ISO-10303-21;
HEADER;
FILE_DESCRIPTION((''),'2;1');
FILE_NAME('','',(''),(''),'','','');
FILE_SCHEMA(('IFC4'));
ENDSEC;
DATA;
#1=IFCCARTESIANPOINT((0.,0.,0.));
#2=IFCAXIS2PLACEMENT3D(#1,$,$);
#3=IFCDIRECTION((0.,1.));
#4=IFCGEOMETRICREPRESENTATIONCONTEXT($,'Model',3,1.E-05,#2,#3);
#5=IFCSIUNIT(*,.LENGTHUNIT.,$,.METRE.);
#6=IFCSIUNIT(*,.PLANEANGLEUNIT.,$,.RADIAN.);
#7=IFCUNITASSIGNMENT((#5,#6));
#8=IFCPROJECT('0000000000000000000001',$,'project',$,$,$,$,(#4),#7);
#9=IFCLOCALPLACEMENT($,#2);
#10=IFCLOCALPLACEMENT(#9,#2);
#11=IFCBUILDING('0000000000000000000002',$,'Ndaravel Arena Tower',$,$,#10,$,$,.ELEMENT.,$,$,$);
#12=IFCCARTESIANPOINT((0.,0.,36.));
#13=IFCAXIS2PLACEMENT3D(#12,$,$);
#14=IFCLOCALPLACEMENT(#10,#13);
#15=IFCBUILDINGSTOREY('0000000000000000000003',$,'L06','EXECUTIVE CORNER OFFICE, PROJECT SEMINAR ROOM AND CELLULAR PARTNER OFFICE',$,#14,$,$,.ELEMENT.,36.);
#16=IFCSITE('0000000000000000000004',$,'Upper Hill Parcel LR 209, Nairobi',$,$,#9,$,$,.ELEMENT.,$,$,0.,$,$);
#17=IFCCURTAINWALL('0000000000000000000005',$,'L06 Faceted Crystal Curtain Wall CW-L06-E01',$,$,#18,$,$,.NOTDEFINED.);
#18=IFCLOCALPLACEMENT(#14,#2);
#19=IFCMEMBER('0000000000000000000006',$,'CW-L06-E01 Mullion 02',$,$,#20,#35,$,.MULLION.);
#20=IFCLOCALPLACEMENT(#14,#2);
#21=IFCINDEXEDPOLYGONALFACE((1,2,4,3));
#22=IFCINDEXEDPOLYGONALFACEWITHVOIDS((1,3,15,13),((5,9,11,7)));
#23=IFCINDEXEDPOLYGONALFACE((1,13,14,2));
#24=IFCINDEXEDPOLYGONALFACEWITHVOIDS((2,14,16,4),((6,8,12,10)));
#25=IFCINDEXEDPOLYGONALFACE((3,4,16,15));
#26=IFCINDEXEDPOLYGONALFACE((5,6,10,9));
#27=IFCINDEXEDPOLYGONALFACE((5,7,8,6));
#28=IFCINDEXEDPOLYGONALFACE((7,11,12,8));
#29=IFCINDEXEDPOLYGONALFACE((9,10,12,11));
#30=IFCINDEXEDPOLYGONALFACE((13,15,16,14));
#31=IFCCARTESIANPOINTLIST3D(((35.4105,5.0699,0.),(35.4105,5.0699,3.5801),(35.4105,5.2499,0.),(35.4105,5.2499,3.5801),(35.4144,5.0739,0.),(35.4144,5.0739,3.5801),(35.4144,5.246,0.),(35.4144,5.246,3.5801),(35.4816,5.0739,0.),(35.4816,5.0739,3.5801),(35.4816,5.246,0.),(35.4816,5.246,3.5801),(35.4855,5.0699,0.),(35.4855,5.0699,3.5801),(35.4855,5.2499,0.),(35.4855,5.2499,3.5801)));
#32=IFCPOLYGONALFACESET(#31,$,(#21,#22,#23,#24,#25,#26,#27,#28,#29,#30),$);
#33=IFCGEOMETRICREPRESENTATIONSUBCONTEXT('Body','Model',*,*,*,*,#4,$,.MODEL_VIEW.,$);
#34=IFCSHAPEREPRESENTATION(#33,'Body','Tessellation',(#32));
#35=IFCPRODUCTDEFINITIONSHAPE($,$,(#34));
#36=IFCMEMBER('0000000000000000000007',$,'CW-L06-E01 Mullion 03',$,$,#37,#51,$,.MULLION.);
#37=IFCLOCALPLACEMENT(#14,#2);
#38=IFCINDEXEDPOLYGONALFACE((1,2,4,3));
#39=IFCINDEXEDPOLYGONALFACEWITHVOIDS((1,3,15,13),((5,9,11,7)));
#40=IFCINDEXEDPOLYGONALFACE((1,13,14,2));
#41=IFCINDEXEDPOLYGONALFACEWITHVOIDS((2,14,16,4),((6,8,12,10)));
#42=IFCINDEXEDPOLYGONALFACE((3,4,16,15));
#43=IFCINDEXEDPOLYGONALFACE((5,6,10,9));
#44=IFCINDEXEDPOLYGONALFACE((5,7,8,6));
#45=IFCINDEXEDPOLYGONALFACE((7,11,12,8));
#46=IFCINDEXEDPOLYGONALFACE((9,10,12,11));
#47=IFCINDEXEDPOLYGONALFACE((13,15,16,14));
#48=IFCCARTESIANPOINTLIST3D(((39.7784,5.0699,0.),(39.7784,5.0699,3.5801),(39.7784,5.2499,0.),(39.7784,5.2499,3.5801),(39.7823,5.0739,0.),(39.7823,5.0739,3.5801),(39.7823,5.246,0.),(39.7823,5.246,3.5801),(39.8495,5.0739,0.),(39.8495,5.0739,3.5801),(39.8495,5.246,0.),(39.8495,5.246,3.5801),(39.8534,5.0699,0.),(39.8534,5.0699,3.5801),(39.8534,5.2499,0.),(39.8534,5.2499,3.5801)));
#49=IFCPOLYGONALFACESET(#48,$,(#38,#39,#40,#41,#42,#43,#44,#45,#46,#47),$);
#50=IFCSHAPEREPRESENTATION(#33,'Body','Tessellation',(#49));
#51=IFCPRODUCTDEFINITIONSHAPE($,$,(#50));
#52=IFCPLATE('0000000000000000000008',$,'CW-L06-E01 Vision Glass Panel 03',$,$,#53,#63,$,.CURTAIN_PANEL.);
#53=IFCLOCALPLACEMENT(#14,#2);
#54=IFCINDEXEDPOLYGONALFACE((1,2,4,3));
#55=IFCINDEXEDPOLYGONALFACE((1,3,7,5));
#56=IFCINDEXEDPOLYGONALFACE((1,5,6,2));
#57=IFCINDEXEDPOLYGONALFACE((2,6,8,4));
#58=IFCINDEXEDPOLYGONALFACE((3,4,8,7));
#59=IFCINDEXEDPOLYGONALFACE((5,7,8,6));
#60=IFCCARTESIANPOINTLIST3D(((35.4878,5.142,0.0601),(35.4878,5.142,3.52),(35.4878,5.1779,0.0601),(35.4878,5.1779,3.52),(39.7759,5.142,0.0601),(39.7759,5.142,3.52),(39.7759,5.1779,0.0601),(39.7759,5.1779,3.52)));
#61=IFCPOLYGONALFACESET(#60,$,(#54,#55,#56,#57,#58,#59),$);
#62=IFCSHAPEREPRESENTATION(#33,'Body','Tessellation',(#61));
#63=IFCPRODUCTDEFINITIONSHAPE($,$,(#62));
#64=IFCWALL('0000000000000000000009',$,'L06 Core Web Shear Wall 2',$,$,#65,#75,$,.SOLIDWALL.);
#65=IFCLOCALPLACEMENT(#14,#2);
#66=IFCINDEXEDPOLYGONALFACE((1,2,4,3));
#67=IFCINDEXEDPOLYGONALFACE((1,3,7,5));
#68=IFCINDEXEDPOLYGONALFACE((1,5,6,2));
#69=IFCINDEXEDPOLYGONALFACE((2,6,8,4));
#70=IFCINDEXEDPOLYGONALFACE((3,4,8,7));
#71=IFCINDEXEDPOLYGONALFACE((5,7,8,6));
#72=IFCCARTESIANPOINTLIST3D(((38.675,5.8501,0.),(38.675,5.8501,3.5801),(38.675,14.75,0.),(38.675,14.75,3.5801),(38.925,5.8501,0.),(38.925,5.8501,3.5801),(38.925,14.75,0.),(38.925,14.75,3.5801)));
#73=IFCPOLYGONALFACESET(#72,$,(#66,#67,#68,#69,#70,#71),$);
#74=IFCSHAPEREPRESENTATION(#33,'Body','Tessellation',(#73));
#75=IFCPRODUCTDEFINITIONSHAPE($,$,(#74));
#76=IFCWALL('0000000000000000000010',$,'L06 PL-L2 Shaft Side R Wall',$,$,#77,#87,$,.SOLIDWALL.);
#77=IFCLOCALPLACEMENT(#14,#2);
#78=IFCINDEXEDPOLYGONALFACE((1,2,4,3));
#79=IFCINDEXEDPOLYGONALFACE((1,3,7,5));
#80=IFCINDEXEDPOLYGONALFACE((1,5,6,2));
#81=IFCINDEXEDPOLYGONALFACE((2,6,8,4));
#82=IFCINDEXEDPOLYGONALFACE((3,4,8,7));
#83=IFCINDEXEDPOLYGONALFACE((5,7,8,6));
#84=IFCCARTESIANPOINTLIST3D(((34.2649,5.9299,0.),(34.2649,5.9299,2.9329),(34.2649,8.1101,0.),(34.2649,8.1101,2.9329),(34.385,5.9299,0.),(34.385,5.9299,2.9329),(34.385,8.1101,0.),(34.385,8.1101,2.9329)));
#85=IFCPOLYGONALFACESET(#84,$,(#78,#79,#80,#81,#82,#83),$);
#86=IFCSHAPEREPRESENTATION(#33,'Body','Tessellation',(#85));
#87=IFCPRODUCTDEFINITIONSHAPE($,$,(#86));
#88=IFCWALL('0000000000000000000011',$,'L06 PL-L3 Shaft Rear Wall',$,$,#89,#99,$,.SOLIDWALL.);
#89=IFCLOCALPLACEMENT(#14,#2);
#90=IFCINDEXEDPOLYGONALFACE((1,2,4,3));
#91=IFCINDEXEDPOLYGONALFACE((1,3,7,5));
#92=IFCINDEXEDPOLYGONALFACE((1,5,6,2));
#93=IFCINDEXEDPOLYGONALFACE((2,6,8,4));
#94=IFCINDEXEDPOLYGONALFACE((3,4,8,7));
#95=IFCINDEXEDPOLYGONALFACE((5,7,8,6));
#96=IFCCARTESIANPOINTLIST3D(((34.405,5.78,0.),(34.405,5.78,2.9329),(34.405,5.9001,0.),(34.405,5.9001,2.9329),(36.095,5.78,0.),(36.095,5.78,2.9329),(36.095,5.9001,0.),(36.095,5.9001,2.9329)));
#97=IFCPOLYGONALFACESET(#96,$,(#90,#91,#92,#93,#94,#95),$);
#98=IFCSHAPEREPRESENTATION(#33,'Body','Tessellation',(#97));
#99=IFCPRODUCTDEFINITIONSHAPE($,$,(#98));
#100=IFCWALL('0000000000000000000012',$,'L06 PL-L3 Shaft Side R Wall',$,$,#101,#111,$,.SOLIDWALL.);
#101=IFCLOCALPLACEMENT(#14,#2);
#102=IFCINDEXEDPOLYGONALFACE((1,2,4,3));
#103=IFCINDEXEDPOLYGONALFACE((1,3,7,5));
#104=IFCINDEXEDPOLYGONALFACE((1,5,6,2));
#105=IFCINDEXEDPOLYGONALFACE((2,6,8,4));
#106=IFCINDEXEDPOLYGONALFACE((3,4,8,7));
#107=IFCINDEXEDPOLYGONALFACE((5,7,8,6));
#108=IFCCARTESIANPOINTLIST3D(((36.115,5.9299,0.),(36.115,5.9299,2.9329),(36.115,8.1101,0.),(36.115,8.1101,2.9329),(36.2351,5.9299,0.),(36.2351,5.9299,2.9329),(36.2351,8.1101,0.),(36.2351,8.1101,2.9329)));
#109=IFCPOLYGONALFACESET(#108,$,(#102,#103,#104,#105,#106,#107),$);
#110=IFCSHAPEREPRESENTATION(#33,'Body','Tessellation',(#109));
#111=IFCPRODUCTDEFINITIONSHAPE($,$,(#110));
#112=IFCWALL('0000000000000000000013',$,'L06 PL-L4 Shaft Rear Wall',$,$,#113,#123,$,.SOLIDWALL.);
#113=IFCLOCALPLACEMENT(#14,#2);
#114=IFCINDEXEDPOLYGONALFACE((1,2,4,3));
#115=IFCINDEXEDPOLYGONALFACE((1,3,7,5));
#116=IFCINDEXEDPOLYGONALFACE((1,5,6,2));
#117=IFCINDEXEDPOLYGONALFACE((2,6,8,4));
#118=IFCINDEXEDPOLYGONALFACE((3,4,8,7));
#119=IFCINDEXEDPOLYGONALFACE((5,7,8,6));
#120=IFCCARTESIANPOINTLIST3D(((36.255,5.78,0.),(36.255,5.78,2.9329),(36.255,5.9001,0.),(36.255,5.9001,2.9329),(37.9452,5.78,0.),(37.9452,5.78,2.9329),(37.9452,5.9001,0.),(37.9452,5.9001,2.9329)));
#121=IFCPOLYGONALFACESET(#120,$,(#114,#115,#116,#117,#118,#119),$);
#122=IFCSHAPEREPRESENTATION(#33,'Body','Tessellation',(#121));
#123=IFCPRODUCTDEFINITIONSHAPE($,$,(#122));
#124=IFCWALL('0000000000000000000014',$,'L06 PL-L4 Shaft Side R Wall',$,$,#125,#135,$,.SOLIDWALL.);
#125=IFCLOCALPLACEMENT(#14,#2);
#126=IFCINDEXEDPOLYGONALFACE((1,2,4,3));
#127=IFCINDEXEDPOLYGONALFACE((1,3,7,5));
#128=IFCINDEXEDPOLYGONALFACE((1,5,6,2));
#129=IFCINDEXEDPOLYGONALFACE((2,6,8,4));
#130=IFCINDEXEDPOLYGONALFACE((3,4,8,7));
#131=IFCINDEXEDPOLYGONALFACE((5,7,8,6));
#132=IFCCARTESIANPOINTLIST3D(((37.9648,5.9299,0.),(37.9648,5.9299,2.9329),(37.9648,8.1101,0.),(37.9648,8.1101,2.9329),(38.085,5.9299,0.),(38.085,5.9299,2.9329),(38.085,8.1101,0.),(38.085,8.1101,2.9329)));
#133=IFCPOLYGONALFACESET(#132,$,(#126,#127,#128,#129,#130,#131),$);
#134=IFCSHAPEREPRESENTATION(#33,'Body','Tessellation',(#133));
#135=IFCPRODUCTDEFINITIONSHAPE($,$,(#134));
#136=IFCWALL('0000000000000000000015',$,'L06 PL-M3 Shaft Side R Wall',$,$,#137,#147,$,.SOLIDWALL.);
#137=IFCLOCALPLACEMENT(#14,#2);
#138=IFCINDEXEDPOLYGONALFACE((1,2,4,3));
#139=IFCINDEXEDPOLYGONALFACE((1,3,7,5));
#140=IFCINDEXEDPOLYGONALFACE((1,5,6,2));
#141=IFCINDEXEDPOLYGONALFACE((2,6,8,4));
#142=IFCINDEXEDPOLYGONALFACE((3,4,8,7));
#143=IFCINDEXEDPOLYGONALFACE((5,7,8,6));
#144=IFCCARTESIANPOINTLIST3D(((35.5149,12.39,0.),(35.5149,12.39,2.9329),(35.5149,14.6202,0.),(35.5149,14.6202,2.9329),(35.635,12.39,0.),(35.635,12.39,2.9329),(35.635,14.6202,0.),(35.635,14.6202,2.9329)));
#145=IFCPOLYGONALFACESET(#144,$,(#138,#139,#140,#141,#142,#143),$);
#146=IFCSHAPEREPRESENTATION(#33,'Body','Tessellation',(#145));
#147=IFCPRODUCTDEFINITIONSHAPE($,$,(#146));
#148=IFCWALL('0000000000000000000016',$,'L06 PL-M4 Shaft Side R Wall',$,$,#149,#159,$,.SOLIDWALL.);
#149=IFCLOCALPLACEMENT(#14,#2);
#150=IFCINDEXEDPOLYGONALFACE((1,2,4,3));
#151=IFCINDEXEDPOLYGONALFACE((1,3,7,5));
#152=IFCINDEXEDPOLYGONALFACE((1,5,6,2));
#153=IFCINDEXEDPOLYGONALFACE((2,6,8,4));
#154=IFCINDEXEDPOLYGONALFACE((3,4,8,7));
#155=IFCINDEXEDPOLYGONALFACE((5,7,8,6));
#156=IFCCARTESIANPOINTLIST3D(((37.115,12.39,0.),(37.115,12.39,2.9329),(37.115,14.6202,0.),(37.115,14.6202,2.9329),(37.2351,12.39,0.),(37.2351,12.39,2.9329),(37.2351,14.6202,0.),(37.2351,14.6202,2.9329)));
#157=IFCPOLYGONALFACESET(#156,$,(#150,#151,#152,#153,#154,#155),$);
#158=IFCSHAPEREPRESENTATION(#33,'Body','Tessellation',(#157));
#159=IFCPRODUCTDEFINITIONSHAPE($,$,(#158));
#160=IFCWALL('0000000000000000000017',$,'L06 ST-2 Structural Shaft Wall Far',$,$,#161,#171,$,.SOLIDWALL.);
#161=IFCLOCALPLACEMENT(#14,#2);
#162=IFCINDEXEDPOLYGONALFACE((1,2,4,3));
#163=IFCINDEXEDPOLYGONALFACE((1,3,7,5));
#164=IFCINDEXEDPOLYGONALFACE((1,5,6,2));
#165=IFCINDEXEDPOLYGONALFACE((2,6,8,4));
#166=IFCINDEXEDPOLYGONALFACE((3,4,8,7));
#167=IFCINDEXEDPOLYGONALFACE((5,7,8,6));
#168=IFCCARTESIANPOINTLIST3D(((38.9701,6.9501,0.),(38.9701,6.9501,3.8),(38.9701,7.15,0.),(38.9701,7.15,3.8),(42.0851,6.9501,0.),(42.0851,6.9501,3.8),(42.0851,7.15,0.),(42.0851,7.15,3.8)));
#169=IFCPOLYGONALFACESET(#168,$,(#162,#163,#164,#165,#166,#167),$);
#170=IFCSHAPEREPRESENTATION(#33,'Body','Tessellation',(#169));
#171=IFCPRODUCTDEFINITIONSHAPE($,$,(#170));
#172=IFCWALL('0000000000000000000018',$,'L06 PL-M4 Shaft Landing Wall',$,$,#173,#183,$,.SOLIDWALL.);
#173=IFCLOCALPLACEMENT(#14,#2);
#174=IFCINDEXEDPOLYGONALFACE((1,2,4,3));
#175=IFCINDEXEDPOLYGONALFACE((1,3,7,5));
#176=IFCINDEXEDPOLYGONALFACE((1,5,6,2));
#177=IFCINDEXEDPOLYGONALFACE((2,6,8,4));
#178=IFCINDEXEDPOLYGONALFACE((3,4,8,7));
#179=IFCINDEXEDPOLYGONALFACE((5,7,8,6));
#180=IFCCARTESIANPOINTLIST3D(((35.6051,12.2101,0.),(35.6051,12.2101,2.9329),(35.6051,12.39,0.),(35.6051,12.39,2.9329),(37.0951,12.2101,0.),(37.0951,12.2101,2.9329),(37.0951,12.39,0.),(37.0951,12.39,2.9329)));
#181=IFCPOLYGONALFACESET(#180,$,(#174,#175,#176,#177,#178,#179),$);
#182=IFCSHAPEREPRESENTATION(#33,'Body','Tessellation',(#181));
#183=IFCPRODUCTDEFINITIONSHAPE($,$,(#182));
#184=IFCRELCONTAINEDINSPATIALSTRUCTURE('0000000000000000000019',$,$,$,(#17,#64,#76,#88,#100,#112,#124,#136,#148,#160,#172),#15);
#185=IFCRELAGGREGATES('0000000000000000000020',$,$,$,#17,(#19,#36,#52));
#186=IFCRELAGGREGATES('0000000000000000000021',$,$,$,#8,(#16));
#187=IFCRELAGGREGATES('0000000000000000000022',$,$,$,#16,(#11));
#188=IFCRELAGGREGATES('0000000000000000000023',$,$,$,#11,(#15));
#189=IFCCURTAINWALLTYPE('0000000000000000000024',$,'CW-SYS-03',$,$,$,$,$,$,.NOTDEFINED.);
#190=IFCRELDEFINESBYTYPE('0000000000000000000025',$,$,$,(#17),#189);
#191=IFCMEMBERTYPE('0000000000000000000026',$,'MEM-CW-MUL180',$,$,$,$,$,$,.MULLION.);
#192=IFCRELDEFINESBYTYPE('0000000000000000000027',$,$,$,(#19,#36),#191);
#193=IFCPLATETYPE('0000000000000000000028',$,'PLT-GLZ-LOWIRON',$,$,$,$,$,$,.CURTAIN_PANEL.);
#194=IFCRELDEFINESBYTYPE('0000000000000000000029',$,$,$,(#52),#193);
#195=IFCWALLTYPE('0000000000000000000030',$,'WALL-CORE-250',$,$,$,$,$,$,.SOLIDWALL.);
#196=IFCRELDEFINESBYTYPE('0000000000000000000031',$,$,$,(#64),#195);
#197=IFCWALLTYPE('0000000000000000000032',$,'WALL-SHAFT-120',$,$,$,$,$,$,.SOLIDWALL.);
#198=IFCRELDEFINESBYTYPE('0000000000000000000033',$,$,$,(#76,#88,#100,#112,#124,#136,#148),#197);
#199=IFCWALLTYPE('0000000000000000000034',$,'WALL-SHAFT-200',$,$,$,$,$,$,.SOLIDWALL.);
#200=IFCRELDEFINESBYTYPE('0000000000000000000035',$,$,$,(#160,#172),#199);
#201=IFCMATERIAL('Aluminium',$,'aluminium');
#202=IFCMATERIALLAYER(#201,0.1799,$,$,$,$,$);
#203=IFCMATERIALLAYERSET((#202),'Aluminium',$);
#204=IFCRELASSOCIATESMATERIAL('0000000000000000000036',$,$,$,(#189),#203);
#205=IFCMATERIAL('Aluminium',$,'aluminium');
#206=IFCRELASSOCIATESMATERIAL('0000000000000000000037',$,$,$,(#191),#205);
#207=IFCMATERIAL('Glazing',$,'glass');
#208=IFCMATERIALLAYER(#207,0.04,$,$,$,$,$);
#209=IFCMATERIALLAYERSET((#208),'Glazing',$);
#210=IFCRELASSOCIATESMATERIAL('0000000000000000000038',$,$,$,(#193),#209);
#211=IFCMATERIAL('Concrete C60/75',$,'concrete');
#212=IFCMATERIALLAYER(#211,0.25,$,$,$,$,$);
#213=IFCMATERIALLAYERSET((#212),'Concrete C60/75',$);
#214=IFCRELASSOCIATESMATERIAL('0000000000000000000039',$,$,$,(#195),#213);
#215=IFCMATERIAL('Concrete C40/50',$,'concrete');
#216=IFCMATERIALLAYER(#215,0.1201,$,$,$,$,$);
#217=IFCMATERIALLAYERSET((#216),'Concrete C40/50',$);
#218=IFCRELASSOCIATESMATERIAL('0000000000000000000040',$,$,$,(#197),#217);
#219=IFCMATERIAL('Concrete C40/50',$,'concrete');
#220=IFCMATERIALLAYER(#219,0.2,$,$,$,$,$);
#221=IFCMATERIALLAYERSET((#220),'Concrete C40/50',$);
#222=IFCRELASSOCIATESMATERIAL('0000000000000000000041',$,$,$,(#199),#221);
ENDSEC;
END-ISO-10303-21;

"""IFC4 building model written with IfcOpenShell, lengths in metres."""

from ifc_helpers import new_model, si_unit, direction, frame, frame_2d, origin, origin_2d, place, context, subcontext, project, spatial, rectangle, hollow_rectangle, extrude, material, layer, layer_set, material_profile, profile_set, type_object, element, aggregate, save


model = new_model("IFC4")

# Units and contexts
model_context = context("Model", 3, precision=1e-05, world=origin(), true_north=direction((0.0, 1.0)))
body_context = subcontext(model_context, "Body", "Model", "MODEL_VIEW")
ifc_project = project(units=[si_unit("LENGTHUNIT", "METRE"), si_unit("PLANEANGLEUNIT", "RADIAN")], contexts=[model_context])

# Site, building, storey
site_placement = place(None, origin())
site = spatial("IfcSite", under=ifc_project, at=site_placement, Name="Upper Hill Parcel LR 209, Nairobi", CompositionType="ELEMENT", RefElevation=0.0)
building_placement = place(site_placement, origin())
building = spatial("IfcBuilding", under=site, at=building_placement, Name="Ndaravel Arena Tower", CompositionType="ELEMENT")
storey_placement = place(building_placement, frame((0.0, 0.0, 36.0)))
storey = spatial("IfcBuildingStorey", under=building, at=storey_placement, Name="L06", Description="EXECUTIVE CORNER OFFICE, PROJECT SEMINAR ROOM AND CELLULAR PARTNER OFFICE", CompositionType="ELEMENT", Elevation=36.0)

# Curtain wall, members, plate
ifc_material_1 = material(Name="Aluminium", Category="aluminium")
ifc_layer_1 = layer(ifc_material_1, 0.1799)
ifc_layer_set_1 = layer_set([ifc_layer_1], Name="Aluminium")
curtain_wall_type = type_object("IfcCurtainWallType", Name="CW-SYS-03", PredefinedType="NOTDEFINED", material=ifc_layer_set_1)
curtain_wall_placement = place(storey_placement, origin())
curtain_wall = element("IfcCurtainWall", 1, at=curtain_wall_placement, inside=storey, type_object=curtain_wall_type, Name="L06 Faceted Crystal Curtain Wall CW-L06-E01", PredefinedType="NOTDEFINED")
ifc_material_2 = material(Name="Aluminium", Category="aluminium")
ifc_material_profile = material_profile(ifc_material_2, hollow_rectangle(XDim=0.075, YDim=0.1799, WallThickness=0.0039, at=origin_2d()), Name="CW MULLION 75x180x4")
ifc_profile_set = profile_set([ifc_material_profile], Name="Aluminium")
member_type = type_object("IfcMemberType", Name="MEM-CW-MUL180", PredefinedType="MULLION", material=ifc_profile_set)
member_1_placement = place(storey_placement, frame((35.448, 5.1599, 0.0), z_axis=(0.0, 0.0, 1.0), x_axis=(1.0, 0.0, 0.0)))
member_1 = element("IfcMember", 2, at=member_1_placement, type_object=member_type, Name="CW-L06-E01 Mullion 02", PredefinedType="MULLION", context=body_context, shape_type="SweptSolid", body=[
    extrude(hollow_rectangle(XDim=0.075, YDim=0.1799, WallThickness=0.0039, at=origin_2d()), origin(), (0.0, 0.0, 1.0), 3.5801),
])
member_2_placement = place(storey_placement, frame((39.8159, 5.1599, 0.0), z_axis=(0.0, 0.0, 1.0), x_axis=(1.0, 0.0, 0.0)))
member_2 = element("IfcMember", 3, at=member_2_placement, type_object=member_type, Name="CW-L06-E01 Mullion 03", PredefinedType="MULLION", context=body_context, shape_type="SweptSolid", body=[
    extrude(hollow_rectangle(XDim=0.075, YDim=0.1799, WallThickness=0.0039, at=origin_2d()), origin(), (0.0, 0.0, 1.0), 3.5801),
])
ifc_material_3 = material(Name="Glazing", Category="glass")
ifc_layer_2 = layer(ifc_material_3, 0.04)
ifc_layer_set_2 = layer_set([ifc_layer_2], Name="Glazing")
plate_type = type_object("IfcPlateType", Name="PLT-GLZ-LOWIRON", PredefinedType="CURTAIN_PANEL", material=ifc_layer_set_2)
plate_placement = place(storey_placement, frame((37.6318, 5.1599, 0.0601), z_axis=(0.0, 0.0, 1.0), x_axis=(1.0, 0.0, 0.0)))
plate = element("IfcPlate", 4, at=plate_placement, type_object=plate_type, Name="CW-L06-E01 Vision Glass Panel 03", PredefinedType="CURTAIN_PANEL", context=body_context, shape_type="SweptSolid", body=[
    extrude(rectangle(XDim=4.2881, YDim=0.0359, at=origin_2d()), origin(), (0.0, 0.0, 1.0), 3.46),
])
aggregate(curtain_wall, [member_1, member_2, plate])

# Walls
ifc_material_4 = material(Name="Concrete C60/75", Category="concrete")
ifc_layer_3 = layer(ifc_material_4, 0.25)
ifc_layer_set_3 = layer_set([ifc_layer_3], Name="Concrete C60/75")
wall_type_1 = type_object("IfcWallType", Name="WALL-CORE-250", PredefinedType="SOLIDWALL", material=ifc_layer_set_3)
wall_1_placement = place(storey_placement, frame((38.8, 5.8501, 0.0), z_axis=(0.0, 0.0, 1.0), x_axis=(0.0, 1.0, 0.0)))
element("IfcWall", 5, at=wall_1_placement, inside=storey, type_object=wall_type_1, Name="L06 Core Web Shear Wall 2", PredefinedType="SOLIDWALL", context=body_context, shape_type="SweptSolid", body=[
    extrude(rectangle(XDim=8.8999, YDim=0.25, at=frame_2d((4.45, 0.0))), origin(), (0.0, 0.0, 1.0), 3.5801),
])
ifc_material_5 = material(Name="Concrete C40/50", Category="concrete")
ifc_layer_4 = layer(ifc_material_5, 0.1201)
ifc_layer_set_4 = layer_set([ifc_layer_4], Name="Concrete C40/50")
wall_type_2 = type_object("IfcWallType", Name="WALL-SHAFT-120", PredefinedType="SOLIDWALL", material=ifc_layer_set_4)
wall_2_placement = place(storey_placement, frame((34.325, 5.9299, 0.0), z_axis=(0.0, 0.0, 1.0), x_axis=(0.0, 1.0, 0.0)))
element("IfcWall", 6, at=wall_2_placement, inside=storey, type_object=wall_type_2, Name="L06 PL-L2 Shaft Side R Wall", PredefinedType="SOLIDWALL", context=body_context, shape_type="SweptSolid", body=[
    extrude(rectangle(XDim=2.1802, YDim=0.1201, at=frame_2d((1.0901, 0.0))), origin(), (0.0, 0.0, 1.0), 2.9329),
])
wall_3_placement = place(storey_placement, frame((34.405, 5.8401, 0.0), z_axis=(0.0, 0.0, 1.0), x_axis=(1.0, 0.0, 0.0)))
element("IfcWall", 7, at=wall_3_placement, inside=storey, type_object=wall_type_2, Name="L06 PL-L3 Shaft Rear Wall", PredefinedType="SOLIDWALL", context=body_context, shape_type="SweptSolid", body=[
    extrude(rectangle(XDim=1.6899, YDim=0.1201, at=frame_2d((0.845, 0.0))), origin(), (0.0, 0.0, 1.0), 2.9329),
])
wall_4_placement = place(storey_placement, frame((36.175, 5.9299, 0.0), z_axis=(0.0, 0.0, 1.0), x_axis=(0.0, 1.0, 0.0)))
element("IfcWall", 8, at=wall_4_placement, inside=storey, type_object=wall_type_2, Name="L06 PL-L3 Shaft Side R Wall", PredefinedType="SOLIDWALL", context=body_context, shape_type="SweptSolid", body=[
    extrude(rectangle(XDim=2.1802, YDim=0.1201, at=frame_2d((1.0901, 0.0))), origin(), (0.0, 0.0, 1.0), 2.9329),
])
wall_5_placement = place(storey_placement, frame((36.2549, 5.8401, 0.0), z_axis=(0.0, 0.0, 1.0), x_axis=(1.0, 0.0, 0.0)))
element("IfcWall", 9, at=wall_5_placement, inside=storey, type_object=wall_type_2, Name="L06 PL-L4 Shaft Rear Wall", PredefinedType="SOLIDWALL", context=body_context, shape_type="SweptSolid", body=[
    extrude(rectangle(XDim=1.6902, YDim=0.1201, at=frame_2d((0.8452, 0.0))), origin(), (0.0, 0.0, 1.0), 2.9329),
])
wall_6_placement = place(storey_placement, frame((38.0249, 5.9299, 0.0), z_axis=(0.0, 0.0, 1.0), x_axis=(0.0, 1.0, 0.0)))
element("IfcWall", 10, at=wall_6_placement, inside=storey, type_object=wall_type_2, Name="L06 PL-L4 Shaft Side R Wall", PredefinedType="SOLIDWALL", context=body_context, shape_type="SweptSolid", body=[
    extrude(rectangle(XDim=2.1802, YDim=0.1201, at=frame_2d((1.0901, 0.0))), origin(), (0.0, 0.0, 1.0), 2.9329),
])
for number, where, z_axis, x_axis, name in (
    (11, (35.575, 12.3899, 0.0), (0.0, 0.0, 1.0), (0.0, 1.0, 0.0), "L06 PL-M3 Shaft Side R Wall"),
    (12, (37.175, 12.3899, 0.0), (0.0, 0.0, 1.0), (0.0, 1.0, 0.0), "L06 PL-M4 Shaft Side R Wall"),
):
    element("IfcWall", number, at=place(storey_placement, frame(where, z_axis=z_axis, x_axis=x_axis)), inside=storey, type_object=wall_type_2, Name=name, PredefinedType="SOLIDWALL", context=body_context, shape_type="SweptSolid", body=[
        extrude(rectangle(XDim=2.2302, YDim=0.1201, at=frame_2d((1.1152, 0.0))), origin(), (0.0, 0.0, 1.0), 2.9329),
    ])
ifc_material_6 = material(Name="Concrete C40/50", Category="concrete")
ifc_layer_5 = layer(ifc_material_6, 0.2)
ifc_layer_set_5 = layer_set([ifc_layer_5], Name="Concrete C40/50")
wall_type_3 = type_object("IfcWallType", Name="WALL-SHAFT-200", PredefinedType="SOLIDWALL", material=ifc_layer_set_5)
wall_7_placement = place(storey_placement, frame((38.97, 7.05, 0.0), z_axis=(0.0, 0.0, 1.0), x_axis=(1.0, 0.0, 0.0)))
element("IfcWall", 13, at=wall_7_placement, inside=storey, type_object=wall_type_3, Name="L06 ST-2 Structural Shaft Wall Far", PredefinedType="SOLIDWALL", context=body_context, shape_type="SweptSolid", body=[
    extrude(rectangle(XDim=3.115, YDim=0.2, at=frame_2d((1.5576, 0.0))), origin(), (0.0, 0.0, 1.0), 3.8),
])

# Wall
wall_8_placement = place(storey_placement, frame((35.605, 12.3, 0.0), z_axis=(0.0, 0.0, 1.0), x_axis=(1.0, 0.0, 0.0)))
element("IfcWall", 14, at=wall_8_placement, inside=storey, type_object=wall_type_3, Name="L06 PL-M4 Shaft Landing Wall", PredefinedType="SOLIDWALL", context=body_context, shape_type="SweptSolid", body=[
    extrude(rectangle(XDim=1.49, YDim=0.1799, at=frame_2d((0.7451, 0.0))), origin(), (0.0, 0.0, 1.0), 2.9329),
])

save(model, "model.ifc")
